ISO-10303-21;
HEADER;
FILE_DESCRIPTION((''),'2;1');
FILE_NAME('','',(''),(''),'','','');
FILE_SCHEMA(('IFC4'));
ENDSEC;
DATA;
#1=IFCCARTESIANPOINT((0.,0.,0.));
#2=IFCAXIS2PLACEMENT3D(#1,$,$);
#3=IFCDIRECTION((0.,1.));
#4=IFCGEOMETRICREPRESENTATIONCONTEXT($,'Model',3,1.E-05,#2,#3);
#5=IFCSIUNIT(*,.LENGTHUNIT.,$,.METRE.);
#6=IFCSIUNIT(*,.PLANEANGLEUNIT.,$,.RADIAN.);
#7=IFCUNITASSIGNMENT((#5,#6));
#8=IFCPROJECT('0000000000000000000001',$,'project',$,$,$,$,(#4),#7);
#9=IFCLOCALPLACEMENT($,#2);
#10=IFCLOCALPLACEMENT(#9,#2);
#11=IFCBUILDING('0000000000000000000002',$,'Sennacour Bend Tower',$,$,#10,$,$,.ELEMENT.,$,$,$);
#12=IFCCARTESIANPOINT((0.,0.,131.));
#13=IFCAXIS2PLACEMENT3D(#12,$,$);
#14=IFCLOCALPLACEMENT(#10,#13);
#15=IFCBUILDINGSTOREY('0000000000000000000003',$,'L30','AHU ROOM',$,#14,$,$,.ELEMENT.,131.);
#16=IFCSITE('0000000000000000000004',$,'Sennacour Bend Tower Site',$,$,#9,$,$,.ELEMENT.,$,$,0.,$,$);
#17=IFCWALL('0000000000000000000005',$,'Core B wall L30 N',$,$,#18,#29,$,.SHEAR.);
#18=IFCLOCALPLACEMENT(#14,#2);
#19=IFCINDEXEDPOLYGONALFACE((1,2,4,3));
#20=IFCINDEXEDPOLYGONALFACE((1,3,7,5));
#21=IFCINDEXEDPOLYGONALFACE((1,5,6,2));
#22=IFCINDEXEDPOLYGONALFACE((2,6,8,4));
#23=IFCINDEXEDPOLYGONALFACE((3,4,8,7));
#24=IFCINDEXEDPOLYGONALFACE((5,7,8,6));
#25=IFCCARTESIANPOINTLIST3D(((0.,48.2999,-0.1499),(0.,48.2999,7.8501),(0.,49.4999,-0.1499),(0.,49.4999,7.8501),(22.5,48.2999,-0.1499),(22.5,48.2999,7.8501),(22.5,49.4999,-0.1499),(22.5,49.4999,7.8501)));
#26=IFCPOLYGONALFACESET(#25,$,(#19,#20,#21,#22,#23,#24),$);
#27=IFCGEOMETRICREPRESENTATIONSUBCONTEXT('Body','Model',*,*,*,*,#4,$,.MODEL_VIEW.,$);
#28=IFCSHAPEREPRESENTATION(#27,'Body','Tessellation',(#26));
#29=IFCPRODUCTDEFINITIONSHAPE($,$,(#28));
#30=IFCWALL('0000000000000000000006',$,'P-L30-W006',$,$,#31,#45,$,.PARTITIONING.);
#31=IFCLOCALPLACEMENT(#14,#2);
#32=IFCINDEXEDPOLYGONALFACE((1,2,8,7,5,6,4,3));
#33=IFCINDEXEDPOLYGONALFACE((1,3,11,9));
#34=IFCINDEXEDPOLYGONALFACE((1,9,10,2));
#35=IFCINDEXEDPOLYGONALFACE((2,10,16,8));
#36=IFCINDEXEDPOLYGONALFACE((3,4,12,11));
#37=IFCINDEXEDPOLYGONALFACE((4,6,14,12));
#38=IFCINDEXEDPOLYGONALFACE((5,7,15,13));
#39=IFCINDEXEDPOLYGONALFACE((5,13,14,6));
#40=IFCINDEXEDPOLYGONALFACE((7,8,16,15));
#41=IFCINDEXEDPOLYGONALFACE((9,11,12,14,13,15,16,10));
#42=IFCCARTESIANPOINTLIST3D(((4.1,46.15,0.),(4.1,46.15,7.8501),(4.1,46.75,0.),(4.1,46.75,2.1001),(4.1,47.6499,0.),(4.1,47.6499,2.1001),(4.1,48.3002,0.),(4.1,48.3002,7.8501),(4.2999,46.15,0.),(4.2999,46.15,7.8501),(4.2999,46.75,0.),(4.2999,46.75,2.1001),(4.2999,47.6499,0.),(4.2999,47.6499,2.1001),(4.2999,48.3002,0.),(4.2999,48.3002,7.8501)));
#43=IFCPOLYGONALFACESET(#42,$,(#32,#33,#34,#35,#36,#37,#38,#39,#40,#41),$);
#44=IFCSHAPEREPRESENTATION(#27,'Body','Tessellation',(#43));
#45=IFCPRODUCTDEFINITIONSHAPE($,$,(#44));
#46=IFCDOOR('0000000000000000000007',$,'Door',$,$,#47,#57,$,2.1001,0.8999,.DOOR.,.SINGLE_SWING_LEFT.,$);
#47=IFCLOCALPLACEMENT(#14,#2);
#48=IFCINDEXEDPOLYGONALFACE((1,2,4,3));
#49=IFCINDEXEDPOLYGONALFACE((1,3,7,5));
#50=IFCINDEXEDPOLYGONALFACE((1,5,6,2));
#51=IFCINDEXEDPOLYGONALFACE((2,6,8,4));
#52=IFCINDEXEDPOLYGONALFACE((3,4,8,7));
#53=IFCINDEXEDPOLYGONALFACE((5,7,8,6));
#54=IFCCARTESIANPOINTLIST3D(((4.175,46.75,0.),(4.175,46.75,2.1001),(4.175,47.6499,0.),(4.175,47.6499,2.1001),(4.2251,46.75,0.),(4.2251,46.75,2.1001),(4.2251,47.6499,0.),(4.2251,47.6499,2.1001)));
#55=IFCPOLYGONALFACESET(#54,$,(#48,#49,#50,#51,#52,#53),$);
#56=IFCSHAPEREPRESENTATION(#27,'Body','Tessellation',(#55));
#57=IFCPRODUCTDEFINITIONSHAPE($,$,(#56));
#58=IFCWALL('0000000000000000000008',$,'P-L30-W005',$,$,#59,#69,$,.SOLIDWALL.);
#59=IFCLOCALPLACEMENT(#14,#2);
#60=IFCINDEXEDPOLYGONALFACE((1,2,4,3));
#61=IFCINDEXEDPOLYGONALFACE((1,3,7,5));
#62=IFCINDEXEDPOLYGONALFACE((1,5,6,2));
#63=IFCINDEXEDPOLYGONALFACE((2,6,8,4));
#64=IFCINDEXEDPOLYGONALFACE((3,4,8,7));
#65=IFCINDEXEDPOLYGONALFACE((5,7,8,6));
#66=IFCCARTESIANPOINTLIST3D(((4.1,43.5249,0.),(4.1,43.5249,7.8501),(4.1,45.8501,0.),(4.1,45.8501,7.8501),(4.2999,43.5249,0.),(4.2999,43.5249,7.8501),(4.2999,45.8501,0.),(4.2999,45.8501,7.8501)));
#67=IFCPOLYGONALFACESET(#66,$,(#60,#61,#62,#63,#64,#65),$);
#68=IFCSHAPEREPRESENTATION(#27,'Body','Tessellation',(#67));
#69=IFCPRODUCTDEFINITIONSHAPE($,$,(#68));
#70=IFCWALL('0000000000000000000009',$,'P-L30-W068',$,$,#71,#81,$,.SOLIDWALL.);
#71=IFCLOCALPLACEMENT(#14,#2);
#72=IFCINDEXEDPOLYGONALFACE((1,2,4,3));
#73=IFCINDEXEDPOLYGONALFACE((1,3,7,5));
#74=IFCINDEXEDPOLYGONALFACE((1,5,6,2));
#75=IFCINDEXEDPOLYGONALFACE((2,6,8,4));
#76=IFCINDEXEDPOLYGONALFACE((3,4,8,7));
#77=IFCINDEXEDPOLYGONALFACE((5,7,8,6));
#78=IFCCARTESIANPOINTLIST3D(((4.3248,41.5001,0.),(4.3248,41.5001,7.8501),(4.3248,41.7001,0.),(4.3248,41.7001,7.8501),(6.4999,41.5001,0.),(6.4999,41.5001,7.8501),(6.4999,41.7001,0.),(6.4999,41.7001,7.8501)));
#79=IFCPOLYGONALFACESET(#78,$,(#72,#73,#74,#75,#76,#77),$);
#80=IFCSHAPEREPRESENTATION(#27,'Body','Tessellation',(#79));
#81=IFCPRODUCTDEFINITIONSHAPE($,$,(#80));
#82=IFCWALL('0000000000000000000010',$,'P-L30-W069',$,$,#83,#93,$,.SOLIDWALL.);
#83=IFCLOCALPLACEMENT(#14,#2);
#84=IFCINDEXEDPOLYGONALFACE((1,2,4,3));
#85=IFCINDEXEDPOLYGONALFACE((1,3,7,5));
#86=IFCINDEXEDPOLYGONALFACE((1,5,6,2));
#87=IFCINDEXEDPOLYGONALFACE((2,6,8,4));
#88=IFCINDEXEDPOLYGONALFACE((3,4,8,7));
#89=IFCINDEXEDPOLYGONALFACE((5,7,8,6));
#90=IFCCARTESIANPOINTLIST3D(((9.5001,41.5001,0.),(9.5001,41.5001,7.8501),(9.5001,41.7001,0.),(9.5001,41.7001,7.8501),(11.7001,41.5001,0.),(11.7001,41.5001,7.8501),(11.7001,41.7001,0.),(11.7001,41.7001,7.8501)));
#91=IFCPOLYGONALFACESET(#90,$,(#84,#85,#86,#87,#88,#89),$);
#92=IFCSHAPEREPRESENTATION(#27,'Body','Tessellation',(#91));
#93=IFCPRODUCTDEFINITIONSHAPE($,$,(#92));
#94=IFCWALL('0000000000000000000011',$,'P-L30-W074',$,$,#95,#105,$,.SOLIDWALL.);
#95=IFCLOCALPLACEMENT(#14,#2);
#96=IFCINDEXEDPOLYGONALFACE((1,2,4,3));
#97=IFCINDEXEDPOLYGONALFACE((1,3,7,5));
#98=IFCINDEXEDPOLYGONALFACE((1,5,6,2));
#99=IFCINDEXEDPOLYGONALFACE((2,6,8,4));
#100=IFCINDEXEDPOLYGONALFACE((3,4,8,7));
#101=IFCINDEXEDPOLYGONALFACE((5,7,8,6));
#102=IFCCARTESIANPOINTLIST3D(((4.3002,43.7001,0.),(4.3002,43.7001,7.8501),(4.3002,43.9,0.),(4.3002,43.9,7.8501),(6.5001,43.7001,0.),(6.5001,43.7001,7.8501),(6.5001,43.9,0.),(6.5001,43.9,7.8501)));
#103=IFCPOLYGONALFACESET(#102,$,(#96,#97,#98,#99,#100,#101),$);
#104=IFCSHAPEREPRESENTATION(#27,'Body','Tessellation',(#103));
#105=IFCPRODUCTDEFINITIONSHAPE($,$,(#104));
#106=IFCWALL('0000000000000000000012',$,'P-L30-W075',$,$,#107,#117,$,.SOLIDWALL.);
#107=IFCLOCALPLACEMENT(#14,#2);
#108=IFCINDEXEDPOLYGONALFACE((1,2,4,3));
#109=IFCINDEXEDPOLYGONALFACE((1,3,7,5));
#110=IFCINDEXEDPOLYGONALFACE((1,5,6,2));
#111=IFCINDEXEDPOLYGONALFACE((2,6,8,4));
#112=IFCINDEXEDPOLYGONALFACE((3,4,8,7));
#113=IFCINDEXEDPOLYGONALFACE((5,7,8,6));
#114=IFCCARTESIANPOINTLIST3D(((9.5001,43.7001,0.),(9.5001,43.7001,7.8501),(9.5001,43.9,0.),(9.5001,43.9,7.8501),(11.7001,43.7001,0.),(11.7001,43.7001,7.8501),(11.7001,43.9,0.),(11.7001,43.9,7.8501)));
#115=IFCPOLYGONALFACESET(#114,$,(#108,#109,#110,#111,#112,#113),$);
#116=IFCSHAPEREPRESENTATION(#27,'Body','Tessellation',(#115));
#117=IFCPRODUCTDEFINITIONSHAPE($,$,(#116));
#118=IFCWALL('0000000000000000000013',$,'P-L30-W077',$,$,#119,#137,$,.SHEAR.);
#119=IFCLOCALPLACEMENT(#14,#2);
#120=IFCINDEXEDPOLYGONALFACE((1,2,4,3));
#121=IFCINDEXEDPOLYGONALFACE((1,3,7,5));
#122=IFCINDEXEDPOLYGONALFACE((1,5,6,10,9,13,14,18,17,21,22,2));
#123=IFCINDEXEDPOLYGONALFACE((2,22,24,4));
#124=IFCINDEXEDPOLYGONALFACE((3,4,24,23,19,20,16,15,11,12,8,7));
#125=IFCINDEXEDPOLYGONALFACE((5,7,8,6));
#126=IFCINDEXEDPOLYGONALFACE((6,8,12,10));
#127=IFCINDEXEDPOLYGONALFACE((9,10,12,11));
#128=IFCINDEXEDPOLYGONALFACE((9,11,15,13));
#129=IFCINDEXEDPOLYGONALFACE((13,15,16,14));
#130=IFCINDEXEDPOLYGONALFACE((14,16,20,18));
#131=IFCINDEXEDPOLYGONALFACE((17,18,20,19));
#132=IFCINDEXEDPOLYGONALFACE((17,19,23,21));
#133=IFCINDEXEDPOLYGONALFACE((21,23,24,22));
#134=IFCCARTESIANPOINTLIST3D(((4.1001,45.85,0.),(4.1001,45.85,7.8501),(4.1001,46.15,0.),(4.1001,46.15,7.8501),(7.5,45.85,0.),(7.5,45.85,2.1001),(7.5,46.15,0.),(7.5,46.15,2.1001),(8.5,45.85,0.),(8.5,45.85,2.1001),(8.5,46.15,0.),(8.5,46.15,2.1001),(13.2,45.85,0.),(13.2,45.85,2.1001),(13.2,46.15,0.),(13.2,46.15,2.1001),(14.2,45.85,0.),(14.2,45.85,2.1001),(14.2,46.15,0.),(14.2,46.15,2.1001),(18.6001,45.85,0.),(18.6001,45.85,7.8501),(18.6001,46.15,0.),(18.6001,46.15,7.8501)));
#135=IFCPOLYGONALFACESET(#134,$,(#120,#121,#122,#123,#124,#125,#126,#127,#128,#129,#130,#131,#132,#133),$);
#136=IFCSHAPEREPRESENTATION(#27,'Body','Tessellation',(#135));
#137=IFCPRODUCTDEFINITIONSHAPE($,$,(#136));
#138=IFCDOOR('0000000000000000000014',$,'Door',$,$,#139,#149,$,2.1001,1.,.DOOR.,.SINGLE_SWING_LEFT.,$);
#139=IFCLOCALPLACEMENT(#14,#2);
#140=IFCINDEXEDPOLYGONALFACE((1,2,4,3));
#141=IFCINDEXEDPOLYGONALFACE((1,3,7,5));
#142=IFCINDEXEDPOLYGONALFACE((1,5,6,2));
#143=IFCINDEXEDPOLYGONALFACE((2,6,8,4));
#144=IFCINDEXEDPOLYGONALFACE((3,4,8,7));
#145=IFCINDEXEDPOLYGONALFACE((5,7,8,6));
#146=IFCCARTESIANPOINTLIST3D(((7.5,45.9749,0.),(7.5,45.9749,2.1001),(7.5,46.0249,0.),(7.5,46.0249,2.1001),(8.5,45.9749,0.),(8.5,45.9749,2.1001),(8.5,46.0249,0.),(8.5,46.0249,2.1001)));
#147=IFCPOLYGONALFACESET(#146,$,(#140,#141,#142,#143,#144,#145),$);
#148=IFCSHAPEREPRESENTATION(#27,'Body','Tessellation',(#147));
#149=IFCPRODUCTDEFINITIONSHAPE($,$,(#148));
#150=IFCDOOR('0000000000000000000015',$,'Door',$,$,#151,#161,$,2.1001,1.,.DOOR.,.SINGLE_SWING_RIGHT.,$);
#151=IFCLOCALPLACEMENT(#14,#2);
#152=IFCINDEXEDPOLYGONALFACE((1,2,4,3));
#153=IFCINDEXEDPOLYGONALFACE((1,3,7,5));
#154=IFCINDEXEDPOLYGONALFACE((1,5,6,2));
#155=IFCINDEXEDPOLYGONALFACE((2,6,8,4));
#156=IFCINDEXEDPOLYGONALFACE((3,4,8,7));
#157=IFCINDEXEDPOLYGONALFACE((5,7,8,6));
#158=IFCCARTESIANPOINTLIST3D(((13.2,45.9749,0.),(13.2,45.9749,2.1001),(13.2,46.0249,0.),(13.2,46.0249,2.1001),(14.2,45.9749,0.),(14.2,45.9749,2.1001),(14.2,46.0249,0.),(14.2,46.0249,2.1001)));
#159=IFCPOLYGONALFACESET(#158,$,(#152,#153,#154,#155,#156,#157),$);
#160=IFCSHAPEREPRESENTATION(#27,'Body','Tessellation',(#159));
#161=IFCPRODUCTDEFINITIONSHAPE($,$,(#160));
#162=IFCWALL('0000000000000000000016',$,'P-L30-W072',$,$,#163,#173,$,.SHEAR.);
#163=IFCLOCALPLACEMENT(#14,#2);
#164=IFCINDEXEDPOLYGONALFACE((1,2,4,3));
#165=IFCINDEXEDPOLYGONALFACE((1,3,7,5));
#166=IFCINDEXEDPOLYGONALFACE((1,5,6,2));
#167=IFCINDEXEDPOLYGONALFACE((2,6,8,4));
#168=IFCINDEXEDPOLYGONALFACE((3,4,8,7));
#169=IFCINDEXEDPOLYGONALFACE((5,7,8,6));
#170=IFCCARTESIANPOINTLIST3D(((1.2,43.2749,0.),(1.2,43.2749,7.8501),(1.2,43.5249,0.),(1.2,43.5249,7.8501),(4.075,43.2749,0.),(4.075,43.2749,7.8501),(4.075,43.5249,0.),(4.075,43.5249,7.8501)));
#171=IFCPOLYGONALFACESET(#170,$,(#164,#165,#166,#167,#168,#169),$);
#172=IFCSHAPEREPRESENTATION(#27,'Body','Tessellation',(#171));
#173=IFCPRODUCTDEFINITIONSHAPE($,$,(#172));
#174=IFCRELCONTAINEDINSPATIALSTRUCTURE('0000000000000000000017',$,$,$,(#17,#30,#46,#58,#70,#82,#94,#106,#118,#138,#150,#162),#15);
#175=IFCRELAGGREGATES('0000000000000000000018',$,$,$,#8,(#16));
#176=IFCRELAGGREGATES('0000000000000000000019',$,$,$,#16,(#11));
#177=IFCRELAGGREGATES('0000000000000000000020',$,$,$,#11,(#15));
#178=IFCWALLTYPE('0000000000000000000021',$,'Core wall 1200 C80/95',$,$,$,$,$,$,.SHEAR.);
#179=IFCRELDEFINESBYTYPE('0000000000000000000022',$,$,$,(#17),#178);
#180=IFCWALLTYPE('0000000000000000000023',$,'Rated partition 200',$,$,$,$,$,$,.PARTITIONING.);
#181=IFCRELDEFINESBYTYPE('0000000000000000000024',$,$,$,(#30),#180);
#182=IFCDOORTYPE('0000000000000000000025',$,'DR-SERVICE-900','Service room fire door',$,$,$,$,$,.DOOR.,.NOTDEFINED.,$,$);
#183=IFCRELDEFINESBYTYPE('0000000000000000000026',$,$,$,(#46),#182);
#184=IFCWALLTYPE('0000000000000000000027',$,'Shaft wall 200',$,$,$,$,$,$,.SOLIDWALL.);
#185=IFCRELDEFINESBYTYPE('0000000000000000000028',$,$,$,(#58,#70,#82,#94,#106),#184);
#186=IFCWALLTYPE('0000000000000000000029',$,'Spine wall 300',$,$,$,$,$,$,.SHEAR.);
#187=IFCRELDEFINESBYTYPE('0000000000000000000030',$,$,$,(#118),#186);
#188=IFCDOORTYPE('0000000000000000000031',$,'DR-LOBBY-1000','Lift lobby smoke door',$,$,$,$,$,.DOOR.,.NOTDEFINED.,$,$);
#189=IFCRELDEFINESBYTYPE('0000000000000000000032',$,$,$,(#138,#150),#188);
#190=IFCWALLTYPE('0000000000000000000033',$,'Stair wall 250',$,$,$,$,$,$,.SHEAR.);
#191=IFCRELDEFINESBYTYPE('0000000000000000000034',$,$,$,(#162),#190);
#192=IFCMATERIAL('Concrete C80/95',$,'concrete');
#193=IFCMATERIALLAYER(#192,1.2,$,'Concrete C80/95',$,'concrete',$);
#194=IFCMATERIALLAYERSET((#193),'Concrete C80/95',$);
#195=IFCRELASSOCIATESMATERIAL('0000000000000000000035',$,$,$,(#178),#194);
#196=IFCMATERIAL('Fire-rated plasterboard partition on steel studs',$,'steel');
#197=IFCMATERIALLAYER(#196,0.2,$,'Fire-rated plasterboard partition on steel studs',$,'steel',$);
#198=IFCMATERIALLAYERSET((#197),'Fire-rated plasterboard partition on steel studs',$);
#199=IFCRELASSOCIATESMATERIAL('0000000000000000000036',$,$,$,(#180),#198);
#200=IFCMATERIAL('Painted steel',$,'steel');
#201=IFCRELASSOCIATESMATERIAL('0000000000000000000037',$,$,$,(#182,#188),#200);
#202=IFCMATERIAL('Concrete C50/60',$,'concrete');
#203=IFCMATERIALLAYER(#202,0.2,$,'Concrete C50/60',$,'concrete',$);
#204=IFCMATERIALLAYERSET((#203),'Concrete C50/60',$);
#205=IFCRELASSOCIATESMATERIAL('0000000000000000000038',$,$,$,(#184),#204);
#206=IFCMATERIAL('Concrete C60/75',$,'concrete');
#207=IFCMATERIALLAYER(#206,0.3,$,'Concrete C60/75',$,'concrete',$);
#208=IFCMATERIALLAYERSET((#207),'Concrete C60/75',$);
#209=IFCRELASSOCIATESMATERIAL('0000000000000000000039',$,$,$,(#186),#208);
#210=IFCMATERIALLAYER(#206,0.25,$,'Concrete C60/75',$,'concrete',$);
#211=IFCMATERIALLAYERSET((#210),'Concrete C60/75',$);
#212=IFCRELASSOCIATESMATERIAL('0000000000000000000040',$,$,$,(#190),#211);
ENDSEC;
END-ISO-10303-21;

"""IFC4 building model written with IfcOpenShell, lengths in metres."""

from ifc_helpers import new_model, si_unit, direction, frame, frame_2d, origin, place, context, subcontext, project, spatial, rectangle, extrude, material, layer, layer_set, type_object, element, fill, save


model = new_model("IFC4")

# Units and contexts
model_context = context("Model", 3, precision=1e-05, world=origin(), true_north=direction((0.0, 1.0)))
body_context = subcontext(model_context, "Body", "Model", "MODEL_VIEW")
ifc_project = project(units=[si_unit("LENGTHUNIT", "METRE"), si_unit("PLANEANGLEUNIT", "RADIAN")], contexts=[model_context])

# Site, building, storey
site_placement = place(None, origin())
site = spatial("IfcSite", under=ifc_project, at=site_placement, Name="Sennacour Bend Tower Site", CompositionType="ELEMENT", RefElevation=0.0)
building_placement = place(site_placement, origin())
building = spatial("IfcBuilding", under=site, at=building_placement, Name="Sennacour Bend Tower", CompositionType="ELEMENT")
storey_placement = place(building_placement, frame((0.0, 0.0, 131.0)))
storey = spatial("IfcBuildingStorey", under=building, at=storey_placement, Name="L30", Description="AHU ROOM", CompositionType="ELEMENT", Elevation=131.0)

# Wall
ifc_material_1 = material(Name="Concrete C80/95", Category="concrete")
ifc_layer_1 = layer(ifc_material_1, 1.2, Name="Concrete C80/95", Category="concrete")
ifc_layer_set_1 = layer_set([ifc_layer_1], Name="Concrete C80/95")
wall_type_1 = type_object("IfcWallType", Name="Core wall 1200 C80/95", PredefinedType="SHEAR", material=ifc_layer_set_1)
wall_1_placement = place(storey_placement, frame((0.0, 48.8999, -0.1499), z_axis=(0.0, 0.0, 1.0), x_axis=(1.0, 0.0, 0.0)))
element("IfcWall", 1, at=wall_1_placement, inside=storey, type_object=wall_type_1, Name="Core B wall L30 N", PredefinedType="SHEAR", context=body_context, shape_type="SweptSolid", body=[
    extrude(rectangle(XDim=22.5, YDim=1.2, at=frame_2d((11.25, 0.0))), origin(), (0.0, 0.0, 1.0), 8.0),
])

# Wall, opening, door
ifc_material_2 = material(Name="Fire-rated plasterboard partition on steel studs", Category="steel")
ifc_layer_2 = layer(ifc_material_2, 0.2, Name="Fire-rated plasterboard partition on steel studs", Category="steel")
ifc_layer_set_2 = layer_set([ifc_layer_2], Name="Fire-rated plasterboard partition on steel studs")
wall_type_2 = type_object("IfcWallType", Name="Rated partition 200", PredefinedType="PARTITIONING", material=ifc_layer_set_2)
wall_2_placement = place(storey_placement, frame((4.2, 46.1499, 0.0), z_axis=(0.0, 0.0, 1.0), x_axis=(0.0, 1.0, 0.0)))
wall_2 = element("IfcWall", 2, at=wall_2_placement, inside=storey, type_object=wall_type_2, Name="P-L30-W006", PredefinedType="PARTITIONING", context=body_context, shape_type="SweptSolid", body=[
    extrude(rectangle(XDim=2.1501, YDim=0.2, at=frame_2d((1.0752, 0.0))), origin(), (0.0, 0.0, 1.0), 7.8501),
])
opening_1_placement = place(wall_2_placement, frame((0.6001, 0.0, 0.0)))
opening_1 = element("IfcOpeningElement", 3, at=opening_1_placement, cuts=wall_2, PredefinedType="OPENING", context=body_context, shape_type="SweptSolid", body=[
    extrude(rectangle(XDim=0.8999, YDim=2.1001, at=frame_2d((0.45, 1.05))), frame((0.0, 0.1099, 0.0), z_axis=(0.0, -1.0, 0.0), x_axis=(1.0, 0.0, 0.0)), (0.0, 0.0, 1.0), 0.22),
])
ifc_material_3 = material(Name="Painted steel", Category="steel")
door_type_1 = type_object("IfcDoorType", Name="DR-SERVICE-900", Description="Service room fire door", OperationType="NOTDEFINED", PredefinedType="DOOR", material=ifc_material_3)
door_1_placement = place(opening_1_placement, origin())
door_1 = element("IfcDoor", 4, at=door_1_placement, inside=storey, type_object=door_type_1, Name="Door", OperationType="SINGLE_SWING_LEFT", OverallHeight=2.1001, OverallWidth=0.8999, PredefinedType="DOOR", context=body_context, shape_type="SweptSolid", body=[
    extrude(rectangle(XDim=0.8999, YDim=2.1001, at=frame_2d((0.45, 1.05))), frame((0.0, 0.0249, 0.0), z_axis=(0.0, -1.0, 0.0), x_axis=(1.0, 0.0, 0.0)), (0.0, 0.0, 1.0), 0.05),
])
fill(opening_1, door_1)

# Walls
ifc_material_4 = material(Name="Concrete C50/60", Category="concrete")
ifc_layer_3 = layer(ifc_material_4, 0.2, Name="Concrete C50/60", Category="concrete")
ifc_layer_set_3 = layer_set([ifc_layer_3], Name="Concrete C50/60")
wall_type_3 = type_object("IfcWallType", Name="Shaft wall 200", PredefinedType="SOLIDWALL", material=ifc_layer_set_3)
wall_3_placement = place(storey_placement, frame((4.2, 43.5249, 0.0), z_axis=(0.0, 0.0, 1.0), x_axis=(0.0, 1.0, 0.0)))
element("IfcWall", 5, at=wall_3_placement, inside=storey, type_object=wall_type_3, Name="P-L30-W005", PredefinedType="SOLIDWALL", context=body_context, shape_type="SweptSolid", body=[
    extrude(rectangle(XDim=2.3252, YDim=0.2, at=frame_2d((1.1626, 0.0))), origin(), (0.0, 0.0, 1.0), 7.8501),
])
wall_4_placement = place(storey_placement, frame((4.325, 41.6001, 0.0), z_axis=(0.0, 0.0, 1.0), x_axis=(1.0, 0.0, 0.0)))
element("IfcWall", 6, at=wall_4_placement, inside=storey, type_object=wall_type_3, Name="P-L30-W068", PredefinedType="SOLIDWALL", context=body_context, shape_type="SweptSolid", body=[
    extrude(rectangle(XDim=2.175, YDim=0.2, at=frame_2d((1.0874, 0.0))), origin(), (0.0, 0.0, 1.0), 7.8501),
])
for number, where, z_axis, x_axis, name in (
    (7, (9.5, 41.6001, 0.0), (0.0, 0.0, 1.0), (1.0, 0.0, 0.0), "P-L30-W069"),
    (8, (4.3, 43.8, 0.0), (0.0, 0.0, 1.0), (1.0, 0.0, 0.0), "P-L30-W074"),
    (9, (9.5, 43.8, 0.0), (0.0, 0.0, 1.0), (1.0, 0.0, 0.0), "P-L30-W075"),
):
    element("IfcWall", number, at=place(storey_placement, frame(where, z_axis=z_axis, x_axis=x_axis)), inside=storey, type_object=wall_type_3, Name=name, PredefinedType="SOLIDWALL", context=body_context, shape_type="SweptSolid", body=[
        extrude(rectangle(XDim=2.2, YDim=0.2, at=frame_2d((1.1001, 0.0))), origin(), (0.0, 0.0, 1.0), 7.8501),
    ])

# Wall, openings, doors
ifc_material_5 = material(Name="Concrete C60/75", Category="concrete")
ifc_layer_4 = layer(ifc_material_5, 0.3, Name="Concrete C60/75", Category="concrete")
ifc_layer_set_4 = layer_set([ifc_layer_4], Name="Concrete C60/75")
wall_type_4 = type_object("IfcWallType", Name="Spine wall 300", PredefinedType="SHEAR", material=ifc_layer_set_4)
wall_5_placement = place(storey_placement, frame((4.1001, 46.0, 0.0), z_axis=(0.0, 0.0, 1.0), x_axis=(1.0, 0.0, 0.0)))
wall_5 = element("IfcWall", 10, at=wall_5_placement, inside=storey, type_object=wall_type_4, Name="P-L30-W077", PredefinedType="SHEAR", context=body_context, shape_type="SweptSolid", body=[
    extrude(rectangle(XDim=14.5, YDim=0.3, at=frame_2d((7.25, 0.0))), origin(), (0.0, 0.0, 1.0), 7.8501),
])
opening_2_placement = place(wall_5_placement, frame((3.3999, 0.0, 0.0)))
opening_2 = element("IfcOpeningElement", 11, at=opening_2_placement, cuts=wall_5, PredefinedType="OPENING", context=body_context, shape_type="SweptSolid", body=[
    extrude(rectangle(XDim=1.0, YDim=2.1001, at=frame_2d((0.5, 1.05))), frame((0.0, 0.1602, 0.0), z_axis=(0.0, -1.0, 0.0), x_axis=(1.0, 0.0, 0.0)), (0.0, 0.0, 1.0), 0.3201),
])
opening_3_placement = place(wall_5_placement, frame((9.0999, 0.0, 0.0)))
opening_3 = element("IfcOpeningElement", 12, at=opening_3_placement, cuts=wall_5, PredefinedType="OPENING", context=body_context, shape_type="SweptSolid", body=[
    extrude(rectangle(XDim=1.0, YDim=2.1001, at=frame_2d((0.5, 1.05))), frame((0.0, 0.1602, 0.0), z_axis=(0.0, -1.0, 0.0), x_axis=(1.0, 0.0, 0.0)), (0.0, 0.0, 1.0), 0.3201),
])
door_type_2 = type_object("IfcDoorType", Name="DR-LOBBY-1000", Description="Lift lobby smoke door", OperationType="NOTDEFINED", PredefinedType="DOOR", material=ifc_material_3)
door_2_placement = place(opening_2_placement, origin())
door_2 = element("IfcDoor", 13, at=door_2_placement, inside=storey, type_object=door_type_2, Name="Door", OperationType="SINGLE_SWING_LEFT", OverallHeight=2.1001, OverallWidth=1.0, PredefinedType="DOOR", context=body_context, shape_type="SweptSolid", body=[
    extrude(rectangle(XDim=1.0, YDim=2.1001, at=frame_2d((0.5, 1.05))), frame((0.0, 0.0249, 0.0), z_axis=(0.0, -1.0, 0.0), x_axis=(1.0, 0.0, 0.0)), (0.0, 0.0, 1.0), 0.05),
])
fill(opening_2, door_2)
door_3_placement = place(opening_3_placement, origin())
door_3 = element("IfcDoor", 14, at=door_3_placement, inside=storey, type_object=door_type_2, Name="Door", OperationType="SINGLE_SWING_RIGHT", OverallHeight=2.1001, OverallWidth=1.0, PredefinedType="DOOR", context=body_context, shape_type="SweptSolid", body=[
    extrude(rectangle(XDim=1.0, YDim=2.1001, at=frame_2d((0.5, 1.05))), frame((0.0, 0.0249, 0.0), z_axis=(0.0, -1.0, 0.0), x_axis=(1.0, 0.0, 0.0)), (0.0, 0.0, 1.0), 0.05),
])
fill(opening_3, door_3)

# Wall
ifc_layer_5 = layer(ifc_material_5, 0.25, Name="Concrete C60/75", Category="concrete")
ifc_layer_set_5 = layer_set([ifc_layer_5], Name="Concrete C60/75")
wall_type_5 = type_object("IfcWallType", Name="Stair wall 250", PredefinedType="SHEAR", material=ifc_layer_set_5)
wall_6_placement = place(storey_placement, frame((1.2, 43.3999, 0.0), z_axis=(0.0, 0.0, 1.0), x_axis=(1.0, 0.0, 0.0)))
element("IfcWall", 15, at=wall_6_placement, inside=storey, type_object=wall_type_5, Name="P-L30-W072", PredefinedType="SHEAR", context=body_context, shape_type="SweptSolid", body=[
    extrude(rectangle(XDim=2.875, YDim=0.25, at=frame_2d((1.4375, 0.0))), origin(), (0.0, 0.0, 1.0), 7.8501),
])

save(model, "model.ifc")
